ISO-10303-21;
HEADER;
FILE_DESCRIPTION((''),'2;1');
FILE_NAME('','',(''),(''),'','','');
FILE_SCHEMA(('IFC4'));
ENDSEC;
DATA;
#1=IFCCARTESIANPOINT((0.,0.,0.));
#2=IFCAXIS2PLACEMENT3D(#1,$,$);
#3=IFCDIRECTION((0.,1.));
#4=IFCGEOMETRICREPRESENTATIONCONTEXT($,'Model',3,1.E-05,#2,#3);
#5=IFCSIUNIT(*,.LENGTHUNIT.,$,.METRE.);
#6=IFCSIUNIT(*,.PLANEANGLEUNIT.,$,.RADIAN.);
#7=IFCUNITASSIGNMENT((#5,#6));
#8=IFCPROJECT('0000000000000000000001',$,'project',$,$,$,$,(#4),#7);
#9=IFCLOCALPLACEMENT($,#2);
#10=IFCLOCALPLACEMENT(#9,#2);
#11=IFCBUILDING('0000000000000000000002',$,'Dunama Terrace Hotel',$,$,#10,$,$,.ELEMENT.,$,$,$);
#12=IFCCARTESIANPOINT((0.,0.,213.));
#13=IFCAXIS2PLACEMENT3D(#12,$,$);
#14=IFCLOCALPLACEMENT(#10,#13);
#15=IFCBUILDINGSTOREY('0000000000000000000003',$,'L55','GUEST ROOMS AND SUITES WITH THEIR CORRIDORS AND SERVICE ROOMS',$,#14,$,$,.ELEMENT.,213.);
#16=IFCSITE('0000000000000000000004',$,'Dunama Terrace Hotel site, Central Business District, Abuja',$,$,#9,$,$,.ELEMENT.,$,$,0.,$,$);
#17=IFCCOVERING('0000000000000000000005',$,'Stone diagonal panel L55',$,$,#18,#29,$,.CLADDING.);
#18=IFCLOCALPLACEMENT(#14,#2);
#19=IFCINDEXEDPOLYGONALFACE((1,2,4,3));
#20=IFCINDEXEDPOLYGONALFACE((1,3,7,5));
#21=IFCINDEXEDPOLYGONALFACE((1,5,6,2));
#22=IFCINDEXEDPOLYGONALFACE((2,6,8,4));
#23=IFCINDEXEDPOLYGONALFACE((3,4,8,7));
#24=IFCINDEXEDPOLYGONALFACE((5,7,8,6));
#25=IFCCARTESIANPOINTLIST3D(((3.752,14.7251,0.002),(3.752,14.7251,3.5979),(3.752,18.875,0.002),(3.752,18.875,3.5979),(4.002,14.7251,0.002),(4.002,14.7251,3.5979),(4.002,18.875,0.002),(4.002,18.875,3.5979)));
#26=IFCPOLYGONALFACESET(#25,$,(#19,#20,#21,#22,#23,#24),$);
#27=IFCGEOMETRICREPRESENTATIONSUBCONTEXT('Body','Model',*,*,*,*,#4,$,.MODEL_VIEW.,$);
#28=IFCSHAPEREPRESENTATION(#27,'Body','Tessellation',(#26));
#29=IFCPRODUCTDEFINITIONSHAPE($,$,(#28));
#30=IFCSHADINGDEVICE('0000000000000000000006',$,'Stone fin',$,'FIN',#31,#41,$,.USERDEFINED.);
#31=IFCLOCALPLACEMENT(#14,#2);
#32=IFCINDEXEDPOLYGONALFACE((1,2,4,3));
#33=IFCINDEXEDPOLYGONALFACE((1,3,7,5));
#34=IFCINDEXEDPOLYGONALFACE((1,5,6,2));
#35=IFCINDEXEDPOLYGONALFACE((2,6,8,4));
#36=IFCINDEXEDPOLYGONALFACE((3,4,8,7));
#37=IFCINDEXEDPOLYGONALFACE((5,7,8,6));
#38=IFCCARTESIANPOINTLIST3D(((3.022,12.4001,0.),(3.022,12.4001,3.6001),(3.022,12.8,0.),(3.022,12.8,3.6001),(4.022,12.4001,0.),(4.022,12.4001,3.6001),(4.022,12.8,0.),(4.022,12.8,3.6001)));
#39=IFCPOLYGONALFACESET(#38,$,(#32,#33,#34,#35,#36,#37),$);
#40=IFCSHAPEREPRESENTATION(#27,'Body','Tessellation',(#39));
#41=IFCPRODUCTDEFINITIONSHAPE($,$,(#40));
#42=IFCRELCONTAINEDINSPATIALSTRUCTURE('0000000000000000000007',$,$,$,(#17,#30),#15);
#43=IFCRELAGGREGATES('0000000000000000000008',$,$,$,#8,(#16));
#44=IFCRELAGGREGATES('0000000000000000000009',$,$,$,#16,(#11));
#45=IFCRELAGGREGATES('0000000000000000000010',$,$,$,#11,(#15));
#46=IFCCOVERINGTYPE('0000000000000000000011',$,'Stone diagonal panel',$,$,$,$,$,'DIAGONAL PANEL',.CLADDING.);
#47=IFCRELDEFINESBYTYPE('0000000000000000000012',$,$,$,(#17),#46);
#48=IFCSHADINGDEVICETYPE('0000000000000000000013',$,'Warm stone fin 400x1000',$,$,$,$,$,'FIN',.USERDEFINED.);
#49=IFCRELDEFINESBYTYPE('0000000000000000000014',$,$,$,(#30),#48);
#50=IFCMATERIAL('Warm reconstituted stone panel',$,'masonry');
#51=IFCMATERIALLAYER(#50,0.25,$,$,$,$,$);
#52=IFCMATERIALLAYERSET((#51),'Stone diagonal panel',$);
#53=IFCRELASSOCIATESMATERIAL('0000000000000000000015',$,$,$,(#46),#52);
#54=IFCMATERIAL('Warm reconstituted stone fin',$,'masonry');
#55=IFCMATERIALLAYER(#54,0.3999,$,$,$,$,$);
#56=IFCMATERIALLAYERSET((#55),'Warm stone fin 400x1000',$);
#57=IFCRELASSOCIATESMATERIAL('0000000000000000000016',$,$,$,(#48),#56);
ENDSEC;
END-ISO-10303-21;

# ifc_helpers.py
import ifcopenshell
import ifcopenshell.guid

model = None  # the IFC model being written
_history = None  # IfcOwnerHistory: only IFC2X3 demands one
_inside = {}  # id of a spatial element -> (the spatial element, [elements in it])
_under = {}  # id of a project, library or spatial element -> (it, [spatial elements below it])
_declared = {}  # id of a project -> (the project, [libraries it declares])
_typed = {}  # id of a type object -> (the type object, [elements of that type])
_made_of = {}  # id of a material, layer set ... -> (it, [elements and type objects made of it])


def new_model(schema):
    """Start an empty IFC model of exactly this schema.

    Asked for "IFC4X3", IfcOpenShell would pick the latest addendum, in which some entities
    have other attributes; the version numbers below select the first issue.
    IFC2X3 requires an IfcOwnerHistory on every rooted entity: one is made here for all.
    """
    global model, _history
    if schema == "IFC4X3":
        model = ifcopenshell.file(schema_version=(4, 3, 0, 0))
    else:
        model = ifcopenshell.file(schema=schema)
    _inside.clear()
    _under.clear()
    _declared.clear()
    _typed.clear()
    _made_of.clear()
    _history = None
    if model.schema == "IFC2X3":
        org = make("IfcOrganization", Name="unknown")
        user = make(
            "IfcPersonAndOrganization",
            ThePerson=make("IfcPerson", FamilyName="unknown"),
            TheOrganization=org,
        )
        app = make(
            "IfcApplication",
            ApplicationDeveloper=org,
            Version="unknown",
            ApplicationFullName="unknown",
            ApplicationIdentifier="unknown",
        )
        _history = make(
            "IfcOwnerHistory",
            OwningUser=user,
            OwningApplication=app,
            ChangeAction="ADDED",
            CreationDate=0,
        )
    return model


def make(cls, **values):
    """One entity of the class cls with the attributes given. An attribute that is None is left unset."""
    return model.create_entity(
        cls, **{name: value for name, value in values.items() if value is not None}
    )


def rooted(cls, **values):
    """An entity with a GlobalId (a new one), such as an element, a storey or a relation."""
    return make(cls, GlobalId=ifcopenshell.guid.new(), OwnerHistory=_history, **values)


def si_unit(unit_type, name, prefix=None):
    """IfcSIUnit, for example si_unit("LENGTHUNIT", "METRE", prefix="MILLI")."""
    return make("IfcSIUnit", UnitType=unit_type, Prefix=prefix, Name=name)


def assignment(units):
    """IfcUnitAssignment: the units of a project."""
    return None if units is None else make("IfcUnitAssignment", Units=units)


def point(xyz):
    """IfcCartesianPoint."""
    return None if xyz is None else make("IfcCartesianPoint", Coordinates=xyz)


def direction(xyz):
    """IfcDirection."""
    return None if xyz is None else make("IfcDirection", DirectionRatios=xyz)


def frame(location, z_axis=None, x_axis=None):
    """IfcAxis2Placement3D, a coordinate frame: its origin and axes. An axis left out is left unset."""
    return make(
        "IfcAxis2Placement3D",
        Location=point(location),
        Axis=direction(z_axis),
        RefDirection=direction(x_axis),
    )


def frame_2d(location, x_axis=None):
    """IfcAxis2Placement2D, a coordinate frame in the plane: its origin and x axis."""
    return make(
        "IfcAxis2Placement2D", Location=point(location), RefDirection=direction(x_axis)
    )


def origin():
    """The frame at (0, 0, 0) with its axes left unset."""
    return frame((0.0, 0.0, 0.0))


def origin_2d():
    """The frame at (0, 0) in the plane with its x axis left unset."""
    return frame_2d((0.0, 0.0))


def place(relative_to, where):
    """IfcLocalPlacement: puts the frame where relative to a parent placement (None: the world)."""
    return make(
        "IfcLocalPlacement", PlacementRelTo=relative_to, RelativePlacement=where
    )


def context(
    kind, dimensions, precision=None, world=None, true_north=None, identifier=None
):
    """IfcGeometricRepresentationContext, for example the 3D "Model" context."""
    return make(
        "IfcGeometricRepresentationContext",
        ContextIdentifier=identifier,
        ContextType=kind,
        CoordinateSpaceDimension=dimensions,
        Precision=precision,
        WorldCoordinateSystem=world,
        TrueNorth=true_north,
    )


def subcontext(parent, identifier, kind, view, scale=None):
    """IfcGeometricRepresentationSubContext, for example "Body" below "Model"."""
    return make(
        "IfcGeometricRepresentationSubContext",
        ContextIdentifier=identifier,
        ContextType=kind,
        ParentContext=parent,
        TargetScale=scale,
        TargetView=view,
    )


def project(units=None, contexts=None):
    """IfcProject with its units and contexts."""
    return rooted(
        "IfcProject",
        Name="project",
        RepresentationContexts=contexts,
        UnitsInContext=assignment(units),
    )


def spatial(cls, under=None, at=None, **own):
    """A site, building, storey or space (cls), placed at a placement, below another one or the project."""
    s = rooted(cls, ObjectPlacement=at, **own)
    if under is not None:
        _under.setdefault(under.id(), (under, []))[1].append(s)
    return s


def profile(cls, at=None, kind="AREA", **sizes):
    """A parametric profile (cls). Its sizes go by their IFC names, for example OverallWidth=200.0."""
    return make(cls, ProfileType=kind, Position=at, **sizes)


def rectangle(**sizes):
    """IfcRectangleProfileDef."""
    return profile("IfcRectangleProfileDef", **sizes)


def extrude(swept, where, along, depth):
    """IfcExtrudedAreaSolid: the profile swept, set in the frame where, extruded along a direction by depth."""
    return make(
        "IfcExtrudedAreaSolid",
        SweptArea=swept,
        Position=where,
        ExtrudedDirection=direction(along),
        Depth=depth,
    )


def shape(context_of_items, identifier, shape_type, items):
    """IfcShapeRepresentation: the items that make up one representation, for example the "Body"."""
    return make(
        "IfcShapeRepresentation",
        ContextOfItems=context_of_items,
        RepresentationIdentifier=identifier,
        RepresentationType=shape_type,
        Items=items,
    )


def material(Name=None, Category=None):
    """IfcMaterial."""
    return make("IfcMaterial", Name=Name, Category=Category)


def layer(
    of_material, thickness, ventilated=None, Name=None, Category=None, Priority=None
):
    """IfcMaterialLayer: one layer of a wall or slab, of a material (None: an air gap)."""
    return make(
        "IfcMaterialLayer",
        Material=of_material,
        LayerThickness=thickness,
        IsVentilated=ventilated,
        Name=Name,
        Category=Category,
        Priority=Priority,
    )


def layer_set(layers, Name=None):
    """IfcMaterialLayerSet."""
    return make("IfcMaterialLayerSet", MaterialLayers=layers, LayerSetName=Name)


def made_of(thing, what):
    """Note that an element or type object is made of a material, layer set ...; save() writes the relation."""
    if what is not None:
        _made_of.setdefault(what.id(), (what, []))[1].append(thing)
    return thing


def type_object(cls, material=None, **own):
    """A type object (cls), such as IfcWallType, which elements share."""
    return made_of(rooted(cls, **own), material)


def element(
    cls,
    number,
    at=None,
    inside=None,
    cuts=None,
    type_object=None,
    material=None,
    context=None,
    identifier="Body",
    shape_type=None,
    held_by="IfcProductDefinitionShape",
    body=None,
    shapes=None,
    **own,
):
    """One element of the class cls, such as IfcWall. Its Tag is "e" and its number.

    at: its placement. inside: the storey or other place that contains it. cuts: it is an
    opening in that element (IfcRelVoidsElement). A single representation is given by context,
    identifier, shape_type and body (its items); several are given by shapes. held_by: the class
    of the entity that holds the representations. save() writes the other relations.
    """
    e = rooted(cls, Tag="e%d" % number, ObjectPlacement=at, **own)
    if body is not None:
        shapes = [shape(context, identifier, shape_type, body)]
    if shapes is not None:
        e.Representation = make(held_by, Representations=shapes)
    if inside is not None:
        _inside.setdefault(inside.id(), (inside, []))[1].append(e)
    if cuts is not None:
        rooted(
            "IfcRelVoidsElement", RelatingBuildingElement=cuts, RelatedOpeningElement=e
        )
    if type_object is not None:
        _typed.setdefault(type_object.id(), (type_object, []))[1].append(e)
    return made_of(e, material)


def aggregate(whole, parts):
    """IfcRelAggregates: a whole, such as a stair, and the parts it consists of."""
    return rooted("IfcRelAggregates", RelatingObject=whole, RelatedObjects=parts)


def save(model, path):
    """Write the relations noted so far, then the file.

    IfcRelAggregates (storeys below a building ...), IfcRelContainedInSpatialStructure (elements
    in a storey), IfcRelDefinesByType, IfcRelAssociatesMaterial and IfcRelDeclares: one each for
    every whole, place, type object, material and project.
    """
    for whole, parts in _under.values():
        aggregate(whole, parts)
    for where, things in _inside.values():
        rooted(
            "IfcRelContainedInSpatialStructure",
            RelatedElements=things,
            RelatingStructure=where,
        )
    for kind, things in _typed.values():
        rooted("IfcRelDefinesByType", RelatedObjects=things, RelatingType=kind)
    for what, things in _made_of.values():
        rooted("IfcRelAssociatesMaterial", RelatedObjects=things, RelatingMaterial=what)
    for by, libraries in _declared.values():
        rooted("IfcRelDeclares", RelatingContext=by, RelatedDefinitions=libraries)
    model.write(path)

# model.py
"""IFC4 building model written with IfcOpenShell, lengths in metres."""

from ifc_helpers import new_model, si_unit, direction, frame, origin, origin_2d, place, context, subcontext, project, spatial, rectangle, extrude, material, layer, layer_set, type_object, element, save


model = new_model("IFC4")

# Units and contexts
model_context = context("Model", 3, precision=1e-05, world=origin(), true_north=direction((0.0, 1.0)))
body_context = subcontext(model_context, "Body", "Model", "MODEL_VIEW")
ifc_project = project(units=[si_unit("LENGTHUNIT", "METRE"), si_unit("PLANEANGLEUNIT", "RADIAN")], contexts=[model_context])

# Site, building, storey
site_placement = place(None, origin())
site = spatial("IfcSite", under=ifc_project, at=site_placement, Name="Dunama Terrace Hotel site, Central Business District, Abuja", CompositionType="ELEMENT", RefElevation=0.0)
building_placement = place(site_placement, origin())
building = spatial("IfcBuilding", under=site, at=building_placement, Name="Dunama Terrace Hotel", CompositionType="ELEMENT")
storey_placement = place(building_placement, frame((0.0, 0.0, 213.0)))
storey = spatial("IfcBuildingStorey", under=building, at=storey_placement, Name="L55", Description="GUEST ROOMS AND SUITES WITH THEIR CORRIDORS AND SERVICE ROOMS", CompositionType="ELEMENT", Elevation=213.0)

# Covering
ifc_material_1 = material(Name="Warm reconstituted stone panel", Category="masonry")
ifc_layer_1 = layer(ifc_material_1, 0.25)
ifc_layer_set_1 = layer_set([ifc_layer_1], Name="Stone diagonal panel")
covering_type = type_object("IfcCoveringType", Name="Stone diagonal panel", ElementType="DIAGONAL PANEL", PredefinedType="CLADDING", material=ifc_layer_set_1)
covering_placement = place(storey_placement, frame((3.877, 16.8, 0.002), z_axis=(0.0, 0.0, 1.0), x_axis=(0.0, -1.0, 0.0)))
element("IfcCovering", 1, at=covering_placement, inside=storey, type_object=covering_type, Name="Stone diagonal panel L55", PredefinedType="CLADDING", context=body_context, shape_type="SweptSolid", body=[
    extrude(rectangle(XDim=4.1499, YDim=0.25, at=origin_2d()), origin(), (0.0, 0.0, 1.0), 3.5959),
])

# Shading device
ifc_material_2 = material(Name="Warm reconstituted stone fin", Category="masonry")
ifc_layer_2 = layer(ifc_material_2, 0.3999)
ifc_layer_set_2 = layer_set([ifc_layer_2], Name="Warm stone fin 400x1000")
shading_device_type = type_object("IfcShadingDeviceType", Name="Warm stone fin 400x1000", ElementType="FIN", PredefinedType="USERDEFINED", material=ifc_layer_set_2)
shading_device_placement = place(storey_placement, frame((3.522, 12.6001, 0.0), z_axis=(0.0, 0.0, 1.0), x_axis=(0.0, -1.0, 0.0)))
element("IfcShadingDevice", 2, at=shading_device_placement, inside=storey, type_object=shading_device_type, Name="Stone fin", ObjectType="FIN", PredefinedType="USERDEFINED", context=body_context, shape_type="SweptSolid", body=[
    extrude(rectangle(XDim=0.3999, YDim=1.0, at=origin_2d()), origin(), (0.0, 0.0, 1.0), 3.6001),
])

save(model, "model.ifc")
